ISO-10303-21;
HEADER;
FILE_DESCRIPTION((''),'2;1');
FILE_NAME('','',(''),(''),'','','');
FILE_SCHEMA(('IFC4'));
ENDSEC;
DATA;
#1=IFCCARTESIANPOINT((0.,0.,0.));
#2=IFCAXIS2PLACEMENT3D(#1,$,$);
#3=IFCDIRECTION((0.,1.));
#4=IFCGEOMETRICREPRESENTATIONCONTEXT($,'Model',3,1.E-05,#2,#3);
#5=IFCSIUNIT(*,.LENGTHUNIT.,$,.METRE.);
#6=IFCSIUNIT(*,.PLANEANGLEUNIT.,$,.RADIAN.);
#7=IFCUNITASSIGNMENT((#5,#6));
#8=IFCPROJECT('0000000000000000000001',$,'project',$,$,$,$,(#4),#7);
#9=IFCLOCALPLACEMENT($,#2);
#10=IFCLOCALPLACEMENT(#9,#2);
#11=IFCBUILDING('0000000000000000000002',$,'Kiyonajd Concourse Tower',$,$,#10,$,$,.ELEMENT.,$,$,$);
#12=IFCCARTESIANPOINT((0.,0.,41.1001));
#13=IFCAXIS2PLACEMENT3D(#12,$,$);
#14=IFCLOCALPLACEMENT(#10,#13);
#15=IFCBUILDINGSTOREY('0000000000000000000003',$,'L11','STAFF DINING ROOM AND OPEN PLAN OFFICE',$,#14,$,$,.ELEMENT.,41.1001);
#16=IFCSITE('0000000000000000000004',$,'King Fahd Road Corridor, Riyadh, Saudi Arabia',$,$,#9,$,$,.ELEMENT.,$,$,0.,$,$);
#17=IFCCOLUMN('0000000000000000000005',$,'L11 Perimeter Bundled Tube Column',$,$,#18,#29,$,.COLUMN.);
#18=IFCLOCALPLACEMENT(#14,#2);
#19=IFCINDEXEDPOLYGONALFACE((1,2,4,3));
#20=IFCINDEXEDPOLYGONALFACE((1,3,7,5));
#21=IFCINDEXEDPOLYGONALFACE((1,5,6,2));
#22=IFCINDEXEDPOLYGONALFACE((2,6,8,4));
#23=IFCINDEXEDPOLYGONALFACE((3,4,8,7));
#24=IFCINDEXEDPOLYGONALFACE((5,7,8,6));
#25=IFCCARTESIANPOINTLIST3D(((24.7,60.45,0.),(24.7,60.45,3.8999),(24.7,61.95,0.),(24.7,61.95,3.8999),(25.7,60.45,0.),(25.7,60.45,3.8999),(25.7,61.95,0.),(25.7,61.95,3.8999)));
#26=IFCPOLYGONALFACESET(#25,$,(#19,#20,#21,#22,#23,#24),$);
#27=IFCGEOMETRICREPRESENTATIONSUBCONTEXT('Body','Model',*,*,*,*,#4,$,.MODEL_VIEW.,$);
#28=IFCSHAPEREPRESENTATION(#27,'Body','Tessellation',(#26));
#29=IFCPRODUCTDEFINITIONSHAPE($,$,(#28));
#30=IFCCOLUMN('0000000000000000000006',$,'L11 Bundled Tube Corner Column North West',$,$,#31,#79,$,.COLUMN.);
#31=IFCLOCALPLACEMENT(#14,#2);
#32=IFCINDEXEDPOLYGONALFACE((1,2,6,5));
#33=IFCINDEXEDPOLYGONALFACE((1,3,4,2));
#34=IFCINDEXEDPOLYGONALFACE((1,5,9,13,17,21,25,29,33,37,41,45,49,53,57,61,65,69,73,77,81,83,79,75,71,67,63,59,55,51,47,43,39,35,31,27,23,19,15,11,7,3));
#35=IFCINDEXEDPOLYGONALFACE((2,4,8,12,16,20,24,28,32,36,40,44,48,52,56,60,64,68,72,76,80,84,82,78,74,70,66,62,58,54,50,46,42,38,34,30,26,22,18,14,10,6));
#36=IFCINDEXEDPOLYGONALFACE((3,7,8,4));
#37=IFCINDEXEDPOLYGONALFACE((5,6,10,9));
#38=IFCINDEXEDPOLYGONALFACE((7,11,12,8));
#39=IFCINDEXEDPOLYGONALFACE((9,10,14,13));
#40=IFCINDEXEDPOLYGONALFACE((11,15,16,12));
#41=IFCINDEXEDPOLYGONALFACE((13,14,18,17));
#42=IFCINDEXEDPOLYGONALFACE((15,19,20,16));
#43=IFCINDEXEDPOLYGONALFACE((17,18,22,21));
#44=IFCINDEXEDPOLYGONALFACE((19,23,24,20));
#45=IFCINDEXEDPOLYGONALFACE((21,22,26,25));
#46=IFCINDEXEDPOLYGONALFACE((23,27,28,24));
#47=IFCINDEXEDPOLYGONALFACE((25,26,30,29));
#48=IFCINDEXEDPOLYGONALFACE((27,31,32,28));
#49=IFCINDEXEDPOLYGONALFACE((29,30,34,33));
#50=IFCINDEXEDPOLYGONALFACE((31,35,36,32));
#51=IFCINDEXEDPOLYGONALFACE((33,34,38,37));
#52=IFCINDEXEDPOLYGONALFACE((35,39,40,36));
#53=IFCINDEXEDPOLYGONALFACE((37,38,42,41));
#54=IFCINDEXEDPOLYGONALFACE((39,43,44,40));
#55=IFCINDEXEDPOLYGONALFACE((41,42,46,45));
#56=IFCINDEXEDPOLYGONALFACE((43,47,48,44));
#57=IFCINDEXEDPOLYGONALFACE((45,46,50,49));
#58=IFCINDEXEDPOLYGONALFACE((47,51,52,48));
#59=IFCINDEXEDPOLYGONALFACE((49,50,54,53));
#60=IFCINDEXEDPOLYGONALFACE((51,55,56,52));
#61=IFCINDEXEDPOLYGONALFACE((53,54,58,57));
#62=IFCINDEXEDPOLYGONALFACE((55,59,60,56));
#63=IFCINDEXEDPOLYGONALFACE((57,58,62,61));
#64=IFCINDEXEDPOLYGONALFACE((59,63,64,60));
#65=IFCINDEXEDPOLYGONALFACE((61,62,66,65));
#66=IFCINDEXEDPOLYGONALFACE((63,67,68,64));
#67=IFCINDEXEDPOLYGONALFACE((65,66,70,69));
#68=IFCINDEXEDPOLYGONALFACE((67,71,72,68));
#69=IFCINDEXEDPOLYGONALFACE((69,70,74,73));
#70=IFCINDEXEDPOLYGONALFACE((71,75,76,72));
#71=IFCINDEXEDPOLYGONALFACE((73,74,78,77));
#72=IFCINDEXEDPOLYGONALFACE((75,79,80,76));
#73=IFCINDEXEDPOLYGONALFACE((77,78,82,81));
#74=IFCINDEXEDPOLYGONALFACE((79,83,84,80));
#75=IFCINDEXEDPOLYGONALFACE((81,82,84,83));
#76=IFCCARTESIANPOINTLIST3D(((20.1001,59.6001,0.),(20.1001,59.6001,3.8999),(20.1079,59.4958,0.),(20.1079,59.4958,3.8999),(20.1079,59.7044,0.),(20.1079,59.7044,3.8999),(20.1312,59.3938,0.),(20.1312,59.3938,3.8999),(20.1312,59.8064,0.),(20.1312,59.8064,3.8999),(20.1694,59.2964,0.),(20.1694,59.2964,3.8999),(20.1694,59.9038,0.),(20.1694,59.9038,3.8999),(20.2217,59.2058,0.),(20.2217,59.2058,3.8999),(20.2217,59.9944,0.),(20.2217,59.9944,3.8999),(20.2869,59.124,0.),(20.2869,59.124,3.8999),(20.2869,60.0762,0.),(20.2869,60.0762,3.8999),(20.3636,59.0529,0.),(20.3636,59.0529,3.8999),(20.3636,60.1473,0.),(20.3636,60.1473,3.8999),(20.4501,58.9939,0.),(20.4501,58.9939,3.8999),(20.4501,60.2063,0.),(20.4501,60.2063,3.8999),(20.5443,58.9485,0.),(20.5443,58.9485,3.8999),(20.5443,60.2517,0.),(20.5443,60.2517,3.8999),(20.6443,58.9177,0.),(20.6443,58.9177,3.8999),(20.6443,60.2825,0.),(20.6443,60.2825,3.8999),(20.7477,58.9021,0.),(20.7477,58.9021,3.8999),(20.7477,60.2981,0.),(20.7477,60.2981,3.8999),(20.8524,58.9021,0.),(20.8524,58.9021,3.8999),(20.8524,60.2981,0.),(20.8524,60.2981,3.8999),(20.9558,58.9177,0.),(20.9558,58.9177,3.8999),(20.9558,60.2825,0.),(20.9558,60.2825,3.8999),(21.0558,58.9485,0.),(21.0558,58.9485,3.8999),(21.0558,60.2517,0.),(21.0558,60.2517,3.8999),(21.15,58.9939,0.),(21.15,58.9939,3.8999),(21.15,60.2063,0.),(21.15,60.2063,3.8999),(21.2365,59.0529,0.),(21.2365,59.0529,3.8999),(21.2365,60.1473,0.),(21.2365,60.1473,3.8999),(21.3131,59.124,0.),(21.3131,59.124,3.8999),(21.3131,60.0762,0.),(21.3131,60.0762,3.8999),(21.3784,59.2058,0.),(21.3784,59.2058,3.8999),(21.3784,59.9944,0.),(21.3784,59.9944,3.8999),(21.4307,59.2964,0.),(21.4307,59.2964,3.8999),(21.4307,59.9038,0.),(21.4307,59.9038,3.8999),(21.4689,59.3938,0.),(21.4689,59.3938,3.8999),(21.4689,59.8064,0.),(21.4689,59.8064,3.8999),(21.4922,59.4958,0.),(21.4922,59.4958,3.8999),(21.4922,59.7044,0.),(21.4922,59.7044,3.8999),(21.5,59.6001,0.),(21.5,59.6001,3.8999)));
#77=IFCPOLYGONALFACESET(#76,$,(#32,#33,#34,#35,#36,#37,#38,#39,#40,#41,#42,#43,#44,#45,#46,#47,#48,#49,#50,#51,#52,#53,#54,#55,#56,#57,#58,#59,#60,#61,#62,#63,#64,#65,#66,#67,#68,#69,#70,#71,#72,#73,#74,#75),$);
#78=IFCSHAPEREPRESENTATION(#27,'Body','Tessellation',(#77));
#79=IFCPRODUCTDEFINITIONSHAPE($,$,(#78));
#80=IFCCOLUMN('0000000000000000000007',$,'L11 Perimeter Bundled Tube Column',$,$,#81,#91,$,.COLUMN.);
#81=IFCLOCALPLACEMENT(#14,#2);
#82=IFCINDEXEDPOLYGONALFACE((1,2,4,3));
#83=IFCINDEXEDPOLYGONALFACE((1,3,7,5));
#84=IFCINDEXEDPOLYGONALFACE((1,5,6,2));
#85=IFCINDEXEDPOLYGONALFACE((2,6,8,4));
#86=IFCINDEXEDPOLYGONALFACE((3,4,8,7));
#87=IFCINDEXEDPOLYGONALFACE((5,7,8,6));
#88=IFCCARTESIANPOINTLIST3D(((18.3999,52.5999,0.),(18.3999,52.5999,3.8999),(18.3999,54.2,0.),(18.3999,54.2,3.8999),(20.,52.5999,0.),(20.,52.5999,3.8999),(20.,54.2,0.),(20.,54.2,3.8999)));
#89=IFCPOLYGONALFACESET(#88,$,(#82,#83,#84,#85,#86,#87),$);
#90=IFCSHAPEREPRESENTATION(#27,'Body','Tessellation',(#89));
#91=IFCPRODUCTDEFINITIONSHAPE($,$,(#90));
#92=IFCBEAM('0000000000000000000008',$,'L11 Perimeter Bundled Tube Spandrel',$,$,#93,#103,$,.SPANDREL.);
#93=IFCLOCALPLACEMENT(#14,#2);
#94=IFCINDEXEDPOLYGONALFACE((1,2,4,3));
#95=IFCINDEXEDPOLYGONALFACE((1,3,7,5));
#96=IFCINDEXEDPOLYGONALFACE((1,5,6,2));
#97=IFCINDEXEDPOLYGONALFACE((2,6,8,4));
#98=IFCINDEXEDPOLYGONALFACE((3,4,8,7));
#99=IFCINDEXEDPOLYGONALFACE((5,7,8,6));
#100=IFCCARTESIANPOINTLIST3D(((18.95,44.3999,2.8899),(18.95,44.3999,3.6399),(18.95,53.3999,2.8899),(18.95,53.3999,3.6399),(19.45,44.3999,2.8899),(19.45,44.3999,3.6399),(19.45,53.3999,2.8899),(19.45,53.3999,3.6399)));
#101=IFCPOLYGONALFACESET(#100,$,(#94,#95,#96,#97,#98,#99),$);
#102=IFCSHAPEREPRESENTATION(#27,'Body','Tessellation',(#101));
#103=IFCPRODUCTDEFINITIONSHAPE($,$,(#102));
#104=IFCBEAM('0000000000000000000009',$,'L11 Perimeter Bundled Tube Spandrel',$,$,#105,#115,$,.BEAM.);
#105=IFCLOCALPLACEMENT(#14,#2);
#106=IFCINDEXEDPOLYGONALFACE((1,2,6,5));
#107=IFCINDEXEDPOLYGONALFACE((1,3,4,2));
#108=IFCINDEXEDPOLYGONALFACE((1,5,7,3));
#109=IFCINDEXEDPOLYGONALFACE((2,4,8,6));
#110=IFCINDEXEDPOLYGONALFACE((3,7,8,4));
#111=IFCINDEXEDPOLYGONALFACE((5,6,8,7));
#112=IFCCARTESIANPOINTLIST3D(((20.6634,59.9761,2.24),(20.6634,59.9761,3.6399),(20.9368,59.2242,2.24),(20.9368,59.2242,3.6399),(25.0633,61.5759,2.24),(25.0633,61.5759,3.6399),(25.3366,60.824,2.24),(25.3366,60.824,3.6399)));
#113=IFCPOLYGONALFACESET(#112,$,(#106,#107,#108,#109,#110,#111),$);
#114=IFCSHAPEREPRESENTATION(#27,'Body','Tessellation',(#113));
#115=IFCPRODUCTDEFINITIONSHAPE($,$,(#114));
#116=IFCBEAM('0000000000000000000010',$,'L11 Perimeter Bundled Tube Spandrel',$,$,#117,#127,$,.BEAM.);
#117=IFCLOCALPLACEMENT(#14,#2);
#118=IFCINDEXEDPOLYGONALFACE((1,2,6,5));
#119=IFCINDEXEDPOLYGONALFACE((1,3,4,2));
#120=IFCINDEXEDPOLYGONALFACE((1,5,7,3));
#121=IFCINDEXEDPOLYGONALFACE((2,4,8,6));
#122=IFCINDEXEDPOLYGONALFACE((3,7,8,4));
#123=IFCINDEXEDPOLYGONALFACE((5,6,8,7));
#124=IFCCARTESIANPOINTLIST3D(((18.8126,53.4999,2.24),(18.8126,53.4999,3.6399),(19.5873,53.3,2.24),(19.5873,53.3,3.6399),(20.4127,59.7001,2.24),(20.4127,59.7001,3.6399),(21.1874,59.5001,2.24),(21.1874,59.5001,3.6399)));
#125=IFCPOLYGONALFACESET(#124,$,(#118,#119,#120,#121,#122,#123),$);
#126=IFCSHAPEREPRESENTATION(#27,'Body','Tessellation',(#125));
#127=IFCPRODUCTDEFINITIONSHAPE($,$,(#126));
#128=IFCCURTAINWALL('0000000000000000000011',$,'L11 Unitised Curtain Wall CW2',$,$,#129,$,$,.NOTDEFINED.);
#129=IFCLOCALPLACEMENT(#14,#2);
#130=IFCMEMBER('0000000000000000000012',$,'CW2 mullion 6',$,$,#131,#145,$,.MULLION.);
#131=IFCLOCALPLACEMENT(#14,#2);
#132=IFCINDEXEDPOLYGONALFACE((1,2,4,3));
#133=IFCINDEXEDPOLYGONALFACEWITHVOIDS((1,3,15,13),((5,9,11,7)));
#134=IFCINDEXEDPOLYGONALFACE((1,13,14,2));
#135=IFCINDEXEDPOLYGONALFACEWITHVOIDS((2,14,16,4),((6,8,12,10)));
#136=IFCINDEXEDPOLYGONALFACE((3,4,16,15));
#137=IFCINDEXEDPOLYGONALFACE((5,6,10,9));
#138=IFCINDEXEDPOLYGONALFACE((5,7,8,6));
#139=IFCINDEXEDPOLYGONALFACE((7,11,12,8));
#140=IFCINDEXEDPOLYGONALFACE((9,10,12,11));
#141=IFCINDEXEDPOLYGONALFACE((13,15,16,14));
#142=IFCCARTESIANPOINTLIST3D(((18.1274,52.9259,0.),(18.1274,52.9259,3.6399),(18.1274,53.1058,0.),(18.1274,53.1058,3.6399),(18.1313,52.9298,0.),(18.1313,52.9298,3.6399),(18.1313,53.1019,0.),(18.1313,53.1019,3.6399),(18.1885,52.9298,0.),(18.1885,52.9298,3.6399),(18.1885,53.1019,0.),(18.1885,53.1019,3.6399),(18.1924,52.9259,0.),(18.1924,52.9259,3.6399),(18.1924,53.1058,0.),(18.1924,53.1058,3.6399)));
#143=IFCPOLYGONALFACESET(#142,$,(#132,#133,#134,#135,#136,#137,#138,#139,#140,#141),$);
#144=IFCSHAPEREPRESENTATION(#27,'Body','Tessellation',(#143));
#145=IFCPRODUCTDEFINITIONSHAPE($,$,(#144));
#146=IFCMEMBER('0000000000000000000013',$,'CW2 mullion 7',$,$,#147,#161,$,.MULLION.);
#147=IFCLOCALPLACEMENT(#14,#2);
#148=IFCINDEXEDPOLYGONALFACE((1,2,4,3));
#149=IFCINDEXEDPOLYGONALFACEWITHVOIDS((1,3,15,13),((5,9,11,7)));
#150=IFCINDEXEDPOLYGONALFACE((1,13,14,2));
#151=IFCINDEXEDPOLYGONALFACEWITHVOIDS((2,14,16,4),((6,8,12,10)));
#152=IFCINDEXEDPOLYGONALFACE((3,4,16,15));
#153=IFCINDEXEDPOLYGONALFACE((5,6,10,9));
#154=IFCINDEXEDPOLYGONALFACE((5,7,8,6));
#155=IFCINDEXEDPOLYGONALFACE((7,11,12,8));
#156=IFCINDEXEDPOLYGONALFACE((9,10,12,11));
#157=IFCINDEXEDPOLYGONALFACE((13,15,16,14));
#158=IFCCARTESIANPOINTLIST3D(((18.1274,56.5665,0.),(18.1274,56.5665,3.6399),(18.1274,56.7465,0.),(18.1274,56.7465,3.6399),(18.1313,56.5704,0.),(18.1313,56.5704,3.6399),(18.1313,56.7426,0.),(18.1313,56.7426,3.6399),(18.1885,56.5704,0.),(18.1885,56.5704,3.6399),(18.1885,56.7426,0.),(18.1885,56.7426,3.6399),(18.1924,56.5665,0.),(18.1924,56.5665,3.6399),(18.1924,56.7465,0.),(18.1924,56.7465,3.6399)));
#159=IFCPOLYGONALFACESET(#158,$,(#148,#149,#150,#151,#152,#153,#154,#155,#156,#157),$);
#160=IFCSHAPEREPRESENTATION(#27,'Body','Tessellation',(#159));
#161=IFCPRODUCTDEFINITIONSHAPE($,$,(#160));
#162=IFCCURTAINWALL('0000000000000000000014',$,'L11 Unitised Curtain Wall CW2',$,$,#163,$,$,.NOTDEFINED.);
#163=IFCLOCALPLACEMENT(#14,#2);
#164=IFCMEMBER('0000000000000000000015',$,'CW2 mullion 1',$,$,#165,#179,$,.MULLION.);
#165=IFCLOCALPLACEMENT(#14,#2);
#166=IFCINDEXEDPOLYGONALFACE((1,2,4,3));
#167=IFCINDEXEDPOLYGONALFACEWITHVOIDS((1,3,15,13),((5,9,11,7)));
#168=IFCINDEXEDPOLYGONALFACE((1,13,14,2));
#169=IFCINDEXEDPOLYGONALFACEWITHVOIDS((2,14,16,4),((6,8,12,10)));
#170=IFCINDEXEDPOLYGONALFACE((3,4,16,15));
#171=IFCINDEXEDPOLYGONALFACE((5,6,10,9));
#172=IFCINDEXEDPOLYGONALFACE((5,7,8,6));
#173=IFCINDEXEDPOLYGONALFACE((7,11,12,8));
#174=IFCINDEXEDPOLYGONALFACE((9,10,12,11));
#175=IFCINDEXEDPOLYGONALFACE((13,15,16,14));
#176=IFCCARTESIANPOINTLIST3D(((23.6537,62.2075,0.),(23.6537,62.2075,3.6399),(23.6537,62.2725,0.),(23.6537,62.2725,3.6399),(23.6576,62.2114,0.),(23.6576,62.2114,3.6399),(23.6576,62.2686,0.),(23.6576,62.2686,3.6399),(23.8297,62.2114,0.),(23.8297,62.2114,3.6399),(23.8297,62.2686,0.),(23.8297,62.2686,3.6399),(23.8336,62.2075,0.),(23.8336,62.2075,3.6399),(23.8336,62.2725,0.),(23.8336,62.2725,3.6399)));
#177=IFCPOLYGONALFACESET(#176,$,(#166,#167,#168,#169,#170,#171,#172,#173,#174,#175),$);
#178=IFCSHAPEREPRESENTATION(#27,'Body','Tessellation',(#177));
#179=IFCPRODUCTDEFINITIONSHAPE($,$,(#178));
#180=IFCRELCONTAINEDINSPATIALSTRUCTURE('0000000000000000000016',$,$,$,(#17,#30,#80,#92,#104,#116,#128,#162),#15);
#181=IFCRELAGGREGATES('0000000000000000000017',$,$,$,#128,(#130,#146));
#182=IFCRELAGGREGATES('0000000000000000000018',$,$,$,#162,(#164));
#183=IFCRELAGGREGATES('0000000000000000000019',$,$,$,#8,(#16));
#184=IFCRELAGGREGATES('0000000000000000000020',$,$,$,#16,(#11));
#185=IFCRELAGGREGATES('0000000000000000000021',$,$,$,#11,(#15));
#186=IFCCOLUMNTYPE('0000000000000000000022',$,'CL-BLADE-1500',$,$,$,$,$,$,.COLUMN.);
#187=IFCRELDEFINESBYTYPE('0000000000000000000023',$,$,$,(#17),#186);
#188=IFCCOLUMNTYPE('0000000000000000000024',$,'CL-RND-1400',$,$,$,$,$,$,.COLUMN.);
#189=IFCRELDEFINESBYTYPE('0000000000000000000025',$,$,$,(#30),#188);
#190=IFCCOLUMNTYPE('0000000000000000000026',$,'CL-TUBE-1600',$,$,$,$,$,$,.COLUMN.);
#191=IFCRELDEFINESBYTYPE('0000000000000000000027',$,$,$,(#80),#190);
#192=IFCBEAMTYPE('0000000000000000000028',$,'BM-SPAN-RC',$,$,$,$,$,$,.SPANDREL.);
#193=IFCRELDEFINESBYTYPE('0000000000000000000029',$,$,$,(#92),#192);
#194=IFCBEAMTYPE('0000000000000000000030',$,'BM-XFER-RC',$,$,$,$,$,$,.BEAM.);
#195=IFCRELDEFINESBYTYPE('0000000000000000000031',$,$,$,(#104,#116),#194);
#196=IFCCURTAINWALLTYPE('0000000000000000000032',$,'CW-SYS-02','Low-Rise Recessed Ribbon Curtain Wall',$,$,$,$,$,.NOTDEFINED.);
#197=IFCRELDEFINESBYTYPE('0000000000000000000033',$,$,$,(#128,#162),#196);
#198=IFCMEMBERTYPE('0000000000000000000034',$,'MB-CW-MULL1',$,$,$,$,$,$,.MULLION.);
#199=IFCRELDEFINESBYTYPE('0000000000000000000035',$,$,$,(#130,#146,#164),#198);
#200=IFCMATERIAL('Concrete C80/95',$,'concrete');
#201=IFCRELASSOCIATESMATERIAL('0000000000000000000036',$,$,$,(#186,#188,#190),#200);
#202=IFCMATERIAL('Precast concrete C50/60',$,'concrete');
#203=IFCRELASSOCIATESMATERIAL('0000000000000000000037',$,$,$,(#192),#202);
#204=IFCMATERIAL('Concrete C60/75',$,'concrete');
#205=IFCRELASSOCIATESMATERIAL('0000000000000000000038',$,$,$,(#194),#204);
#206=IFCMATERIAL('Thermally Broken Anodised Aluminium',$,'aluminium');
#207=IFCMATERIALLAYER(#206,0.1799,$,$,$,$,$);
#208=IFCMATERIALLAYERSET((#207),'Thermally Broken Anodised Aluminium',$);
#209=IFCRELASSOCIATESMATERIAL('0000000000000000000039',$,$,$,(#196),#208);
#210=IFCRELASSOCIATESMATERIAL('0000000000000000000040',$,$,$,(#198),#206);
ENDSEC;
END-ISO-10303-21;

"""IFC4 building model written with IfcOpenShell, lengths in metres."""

from ifc_helpers import new_model, si_unit, direction, frame, origin, origin_2d, place, context, subcontext, project, spatial, rectangle, hollow_rectangle, circle, extrude, material, layer, layer_set, material_profile, profile_set, type_object, element, aggregate, save


model = new_model("IFC4")

# Units and contexts
model_context = context("Model", 3, precision=1e-05, world=origin(), true_north=direction((0.0, 1.0)))
body_context = subcontext(model_context, "Body", "Model", "MODEL_VIEW")
ifc_project = project(units=[si_unit("LENGTHUNIT", "METRE"), si_unit("PLANEANGLEUNIT", "RADIAN")], contexts=[model_context])

# Site, building, storey
site_placement = place(None, origin())
site = spatial("IfcSite", under=ifc_project, at=site_placement, Name="King Fahd Road Corridor, Riyadh, Saudi Arabia", CompositionType="ELEMENT", RefElevation=0.0)
building_placement = place(site_placement, origin())
building = spatial("IfcBuilding", under=site, at=building_placement, Name="Kiyonajd Concourse Tower", CompositionType="ELEMENT")
storey_placement = place(building_placement, frame((0.0, 0.0, 41.1001)))
storey = spatial("IfcBuildingStorey", under=building, at=storey_placement, Name="L11", Description="STAFF DINING ROOM AND OPEN PLAN OFFICE", CompositionType="ELEMENT", Elevation=41.1001)

# Columns
ifc_material_1 = material(Name="Concrete C80/95", Category="concrete")
ifc_material_profile_1 = material_profile(ifc_material_1, rectangle(XDim=1.0, YDim=1.5, at=origin_2d()), Name="RC-1500x1000")
ifc_profile_set_1 = profile_set([ifc_material_profile_1], Name="Concrete C80/95")
column_type_1 = type_object("IfcColumnType", Name="CL-BLADE-1500", PredefinedType="COLUMN", material=ifc_profile_set_1)
column_1_placement = place(storey_placement, frame((25.2, 61.2, 0.0), z_axis=(0.0, 0.0, 1.0), x_axis=(1.0, 0.0, 0.0)))
element("IfcColumn", 1, at=column_1_placement, inside=storey, type_object=column_type_1, Name="L11 Perimeter Bundled Tube Column", PredefinedType="COLUMN", context=body_context, shape_type="SweptSolid", body=[
    extrude(rectangle(XDim=1.0, YDim=1.5, at=origin_2d()), origin(), (0.0, 0.0, 1.0), 3.8999),
])
ifc_material_profile_2 = material_profile(ifc_material_1, circle(Radius=0.7, at=origin_2d()), Name="RCC-D1400")
ifc_profile_set_2 = profile_set([ifc_material_profile_2], Name="Concrete C80/95")
column_type_2 = type_object("IfcColumnType", Name="CL-RND-1400", PredefinedType="COLUMN", material=ifc_profile_set_2)
column_2_placement = place(storey_placement, frame((20.8, 59.6001, 0.0), z_axis=(0.0, 0.0, 1.0), x_axis=(1.0, 0.0, 0.0)))
element("IfcColumn", 2, at=column_2_placement, inside=storey, type_object=column_type_2, Name="L11 Bundled Tube Corner Column North West", PredefinedType="COLUMN", context=body_context, shape_type="SweptSolid", body=[
    extrude(circle(Radius=0.7, at=origin_2d()), origin(), (0.0, 0.0, 1.0), 3.8999),
])
ifc_material_profile_3 = material_profile(ifc_material_1, rectangle(XDim=1.6001, YDim=1.6001, at=origin_2d()), Name="RC-1600x1600")
ifc_profile_set_3 = profile_set([ifc_material_profile_3], Name="Concrete C80/95")
column_type_3 = type_object("IfcColumnType", Name="CL-TUBE-1600", PredefinedType="COLUMN", material=ifc_profile_set_3)
column_3_placement = place(storey_placement, frame((19.2, 53.3999, 0.0), z_axis=(0.0, 0.0, 1.0), x_axis=(1.0, 0.0, 0.0)))
element("IfcColumn", 3, at=column_3_placement, inside=storey, type_object=column_type_3, Name="L11 Perimeter Bundled Tube Column", PredefinedType="COLUMN", context=body_context, shape_type="SweptSolid", body=[
    extrude(rectangle(XDim=1.6001, YDim=1.6001, at=origin_2d()), origin(), (0.0, 0.0, 1.0), 3.8999),
])

# Beams
ifc_material_2 = material(Name="Precast concrete C50/60", Category="concrete")
ifc_material_profile_4 = material_profile(ifc_material_2, rectangle(XDim=0.5, YDim=0.75, at=origin_2d()), Name="RCBM-500x750")
ifc_profile_set_4 = profile_set([ifc_material_profile_4], Name="Precast concrete C50/60")
beam_type_1 = type_object("IfcBeamType", Name="BM-SPAN-RC", PredefinedType="SPANDREL", material=ifc_profile_set_4)
beam_1_placement = place(storey_placement, frame((19.2, 53.3999, 3.2649), z_axis=(0.0, -1.0, 0.0), x_axis=(1.0, 0.0, 0.0)))
element("IfcBeam", 4, at=beam_1_placement, inside=storey, type_object=beam_type_1, Name="L11 Perimeter Bundled Tube Spandrel", PredefinedType="SPANDREL", context=body_context, shape_type="SweptSolid", body=[
    extrude(rectangle(XDim=0.5, YDim=0.75, at=origin_2d()), origin(), (0.0, 0.0, 1.0), 9.0),
])
ifc_material_3 = material(Name="Concrete C60/75", Category="concrete")
ifc_material_profile_5 = material_profile(ifc_material_3, rectangle(XDim=0.8, YDim=1.3999, at=origin_2d()), Name="RCBM-800x1400")
ifc_profile_set_5 = profile_set([ifc_material_profile_5], Name="Concrete C60/75")
beam_type_2 = type_object("IfcBeamType", Name="BM-XFER-RC", PredefinedType="BEAM", material=ifc_profile_set_5)
beam_2_placement = place(storey_placement, frame((25.2, 61.2, 2.9399), z_axis=(-0.939801, -0.341722, 0.0), x_axis=(0.341722, -0.939801, 0.0)))
element("IfcBeam", 5, at=beam_2_placement, inside=storey, type_object=beam_type_2, Name="L11 Perimeter Bundled Tube Spandrel", PredefinedType="BEAM", context=body_context, shape_type="SweptSolid", body=[
    extrude(rectangle(XDim=0.8, YDim=1.3999, at=origin_2d()), origin(), (0.0, 0.0, 1.0), 4.6816),
])
beam_3_placement = place(storey_placement, frame((20.8, 59.6001, 2.9399), z_axis=(-0.249885, -0.968276, 0.0), x_axis=(0.968276, -0.249885, 0.0)))
element("IfcBeam", 6, at=beam_3_placement, inside=storey, type_object=beam_type_2, Name="L11 Perimeter Bundled Tube Spandrel", PredefinedType="BEAM", context=body_context, shape_type="SweptSolid", body=[
    extrude(rectangle(XDim=0.8, YDim=1.3999, at=origin_2d()), origin(), (0.0, 0.0, 1.0), 6.4033),
])

# Curtain walls, members
ifc_material_4 = material(Name="Thermally Broken Anodised Aluminium", Category="aluminium")
ifc_layer_1 = layer(ifc_material_4, 0.1799)
ifc_layer_set_1 = layer_set([ifc_layer_1], Name="Thermally Broken Anodised Aluminium")
curtain_wall_type = type_object("IfcCurtainWallType", Name="CW-SYS-02", Description="Low-Rise Recessed Ribbon Curtain Wall", PredefinedType="NOTDEFINED", material=ifc_layer_set_1)
curtain_wall_1_placement = place(storey_placement, origin())
curtain_wall_1 = element("IfcCurtainWall", 7, at=curtain_wall_1_placement, inside=storey, type_object=curtain_wall_type, Name="L11 Unitised Curtain Wall CW2", PredefinedType="NOTDEFINED")
ifc_material_profile_6 = material_profile(ifc_material_4, hollow_rectangle(XDim=0.0649, YDim=0.1799, WallThickness=0.0039, at=origin_2d()), Name="MULL-65x180")
ifc_profile_set_6 = profile_set([ifc_material_profile_6], Name="Thermally Broken Anodised Aluminium")
member_type_1 = type_object("IfcMemberType", Name="MB-CW-MULL1", PredefinedType="MULLION", material=ifc_profile_set_6)
member_1_placement = place(storey_placement, frame((18.1599, 53.0159, 0.0), z_axis=(0.0, 0.0, 1.0), x_axis=(-1.0, 0.0, 0.0)))
member_1 = element("IfcMember", 8, at=member_1_placement, type_object=member_type_1, Name="CW2 mullion 6", PredefinedType="MULLION", context=body_context, shape_type="SweptSolid", body=[
    extrude(hollow_rectangle(XDim=0.0649, YDim=0.1799, WallThickness=0.0039, at=origin_2d()), origin(), (0.0, 0.0, 1.0), 3.6399),
])
member_2_placement = place(storey_placement, frame((18.1599, 56.6565, 0.0), z_axis=(0.0, 0.0, 1.0), x_axis=(-1.0, 0.0, 0.0)))
member_2 = element("IfcMember", 9, at=member_2_placement, type_object=member_type_1, Name="CW2 mullion 7", PredefinedType="MULLION", context=body_context, shape_type="SweptSolid", body=[
    extrude(hollow_rectangle(XDim=0.0649, YDim=0.1799, WallThickness=0.0039, at=origin_2d()), origin(), (0.0, 0.0, 1.0), 3.6399),
])
curtain_wall_2_placement = place(storey_placement, origin())
curtain_wall_2 = element("IfcCurtainWall", 10, at=curtain_wall_2_placement, inside=storey, type_object=curtain_wall_type, Name="L11 Unitised Curtain Wall CW2", PredefinedType="NOTDEFINED")
member_3_placement = place(storey_placement, frame((23.7437, 62.24, 0.0), z_axis=(0.0, 0.0, 1.0), x_axis=(0.0, 1.0, 0.0)))
member_3 = element("IfcMember", 11, at=member_3_placement, type_object=member_type_1, Name="CW2 mullion 1", PredefinedType="MULLION", context=body_context, shape_type="SweptSolid", body=[
    extrude(hollow_rectangle(XDim=0.0649, YDim=0.1799, WallThickness=0.0039, at=origin_2d()), origin(), (0.0, 0.0, 1.0), 3.6399),
])

aggregate(curtain_wall_1, [member_1, member_2])
aggregate(curtain_wall_2, [member_3])

save(model, "model.ifc")
